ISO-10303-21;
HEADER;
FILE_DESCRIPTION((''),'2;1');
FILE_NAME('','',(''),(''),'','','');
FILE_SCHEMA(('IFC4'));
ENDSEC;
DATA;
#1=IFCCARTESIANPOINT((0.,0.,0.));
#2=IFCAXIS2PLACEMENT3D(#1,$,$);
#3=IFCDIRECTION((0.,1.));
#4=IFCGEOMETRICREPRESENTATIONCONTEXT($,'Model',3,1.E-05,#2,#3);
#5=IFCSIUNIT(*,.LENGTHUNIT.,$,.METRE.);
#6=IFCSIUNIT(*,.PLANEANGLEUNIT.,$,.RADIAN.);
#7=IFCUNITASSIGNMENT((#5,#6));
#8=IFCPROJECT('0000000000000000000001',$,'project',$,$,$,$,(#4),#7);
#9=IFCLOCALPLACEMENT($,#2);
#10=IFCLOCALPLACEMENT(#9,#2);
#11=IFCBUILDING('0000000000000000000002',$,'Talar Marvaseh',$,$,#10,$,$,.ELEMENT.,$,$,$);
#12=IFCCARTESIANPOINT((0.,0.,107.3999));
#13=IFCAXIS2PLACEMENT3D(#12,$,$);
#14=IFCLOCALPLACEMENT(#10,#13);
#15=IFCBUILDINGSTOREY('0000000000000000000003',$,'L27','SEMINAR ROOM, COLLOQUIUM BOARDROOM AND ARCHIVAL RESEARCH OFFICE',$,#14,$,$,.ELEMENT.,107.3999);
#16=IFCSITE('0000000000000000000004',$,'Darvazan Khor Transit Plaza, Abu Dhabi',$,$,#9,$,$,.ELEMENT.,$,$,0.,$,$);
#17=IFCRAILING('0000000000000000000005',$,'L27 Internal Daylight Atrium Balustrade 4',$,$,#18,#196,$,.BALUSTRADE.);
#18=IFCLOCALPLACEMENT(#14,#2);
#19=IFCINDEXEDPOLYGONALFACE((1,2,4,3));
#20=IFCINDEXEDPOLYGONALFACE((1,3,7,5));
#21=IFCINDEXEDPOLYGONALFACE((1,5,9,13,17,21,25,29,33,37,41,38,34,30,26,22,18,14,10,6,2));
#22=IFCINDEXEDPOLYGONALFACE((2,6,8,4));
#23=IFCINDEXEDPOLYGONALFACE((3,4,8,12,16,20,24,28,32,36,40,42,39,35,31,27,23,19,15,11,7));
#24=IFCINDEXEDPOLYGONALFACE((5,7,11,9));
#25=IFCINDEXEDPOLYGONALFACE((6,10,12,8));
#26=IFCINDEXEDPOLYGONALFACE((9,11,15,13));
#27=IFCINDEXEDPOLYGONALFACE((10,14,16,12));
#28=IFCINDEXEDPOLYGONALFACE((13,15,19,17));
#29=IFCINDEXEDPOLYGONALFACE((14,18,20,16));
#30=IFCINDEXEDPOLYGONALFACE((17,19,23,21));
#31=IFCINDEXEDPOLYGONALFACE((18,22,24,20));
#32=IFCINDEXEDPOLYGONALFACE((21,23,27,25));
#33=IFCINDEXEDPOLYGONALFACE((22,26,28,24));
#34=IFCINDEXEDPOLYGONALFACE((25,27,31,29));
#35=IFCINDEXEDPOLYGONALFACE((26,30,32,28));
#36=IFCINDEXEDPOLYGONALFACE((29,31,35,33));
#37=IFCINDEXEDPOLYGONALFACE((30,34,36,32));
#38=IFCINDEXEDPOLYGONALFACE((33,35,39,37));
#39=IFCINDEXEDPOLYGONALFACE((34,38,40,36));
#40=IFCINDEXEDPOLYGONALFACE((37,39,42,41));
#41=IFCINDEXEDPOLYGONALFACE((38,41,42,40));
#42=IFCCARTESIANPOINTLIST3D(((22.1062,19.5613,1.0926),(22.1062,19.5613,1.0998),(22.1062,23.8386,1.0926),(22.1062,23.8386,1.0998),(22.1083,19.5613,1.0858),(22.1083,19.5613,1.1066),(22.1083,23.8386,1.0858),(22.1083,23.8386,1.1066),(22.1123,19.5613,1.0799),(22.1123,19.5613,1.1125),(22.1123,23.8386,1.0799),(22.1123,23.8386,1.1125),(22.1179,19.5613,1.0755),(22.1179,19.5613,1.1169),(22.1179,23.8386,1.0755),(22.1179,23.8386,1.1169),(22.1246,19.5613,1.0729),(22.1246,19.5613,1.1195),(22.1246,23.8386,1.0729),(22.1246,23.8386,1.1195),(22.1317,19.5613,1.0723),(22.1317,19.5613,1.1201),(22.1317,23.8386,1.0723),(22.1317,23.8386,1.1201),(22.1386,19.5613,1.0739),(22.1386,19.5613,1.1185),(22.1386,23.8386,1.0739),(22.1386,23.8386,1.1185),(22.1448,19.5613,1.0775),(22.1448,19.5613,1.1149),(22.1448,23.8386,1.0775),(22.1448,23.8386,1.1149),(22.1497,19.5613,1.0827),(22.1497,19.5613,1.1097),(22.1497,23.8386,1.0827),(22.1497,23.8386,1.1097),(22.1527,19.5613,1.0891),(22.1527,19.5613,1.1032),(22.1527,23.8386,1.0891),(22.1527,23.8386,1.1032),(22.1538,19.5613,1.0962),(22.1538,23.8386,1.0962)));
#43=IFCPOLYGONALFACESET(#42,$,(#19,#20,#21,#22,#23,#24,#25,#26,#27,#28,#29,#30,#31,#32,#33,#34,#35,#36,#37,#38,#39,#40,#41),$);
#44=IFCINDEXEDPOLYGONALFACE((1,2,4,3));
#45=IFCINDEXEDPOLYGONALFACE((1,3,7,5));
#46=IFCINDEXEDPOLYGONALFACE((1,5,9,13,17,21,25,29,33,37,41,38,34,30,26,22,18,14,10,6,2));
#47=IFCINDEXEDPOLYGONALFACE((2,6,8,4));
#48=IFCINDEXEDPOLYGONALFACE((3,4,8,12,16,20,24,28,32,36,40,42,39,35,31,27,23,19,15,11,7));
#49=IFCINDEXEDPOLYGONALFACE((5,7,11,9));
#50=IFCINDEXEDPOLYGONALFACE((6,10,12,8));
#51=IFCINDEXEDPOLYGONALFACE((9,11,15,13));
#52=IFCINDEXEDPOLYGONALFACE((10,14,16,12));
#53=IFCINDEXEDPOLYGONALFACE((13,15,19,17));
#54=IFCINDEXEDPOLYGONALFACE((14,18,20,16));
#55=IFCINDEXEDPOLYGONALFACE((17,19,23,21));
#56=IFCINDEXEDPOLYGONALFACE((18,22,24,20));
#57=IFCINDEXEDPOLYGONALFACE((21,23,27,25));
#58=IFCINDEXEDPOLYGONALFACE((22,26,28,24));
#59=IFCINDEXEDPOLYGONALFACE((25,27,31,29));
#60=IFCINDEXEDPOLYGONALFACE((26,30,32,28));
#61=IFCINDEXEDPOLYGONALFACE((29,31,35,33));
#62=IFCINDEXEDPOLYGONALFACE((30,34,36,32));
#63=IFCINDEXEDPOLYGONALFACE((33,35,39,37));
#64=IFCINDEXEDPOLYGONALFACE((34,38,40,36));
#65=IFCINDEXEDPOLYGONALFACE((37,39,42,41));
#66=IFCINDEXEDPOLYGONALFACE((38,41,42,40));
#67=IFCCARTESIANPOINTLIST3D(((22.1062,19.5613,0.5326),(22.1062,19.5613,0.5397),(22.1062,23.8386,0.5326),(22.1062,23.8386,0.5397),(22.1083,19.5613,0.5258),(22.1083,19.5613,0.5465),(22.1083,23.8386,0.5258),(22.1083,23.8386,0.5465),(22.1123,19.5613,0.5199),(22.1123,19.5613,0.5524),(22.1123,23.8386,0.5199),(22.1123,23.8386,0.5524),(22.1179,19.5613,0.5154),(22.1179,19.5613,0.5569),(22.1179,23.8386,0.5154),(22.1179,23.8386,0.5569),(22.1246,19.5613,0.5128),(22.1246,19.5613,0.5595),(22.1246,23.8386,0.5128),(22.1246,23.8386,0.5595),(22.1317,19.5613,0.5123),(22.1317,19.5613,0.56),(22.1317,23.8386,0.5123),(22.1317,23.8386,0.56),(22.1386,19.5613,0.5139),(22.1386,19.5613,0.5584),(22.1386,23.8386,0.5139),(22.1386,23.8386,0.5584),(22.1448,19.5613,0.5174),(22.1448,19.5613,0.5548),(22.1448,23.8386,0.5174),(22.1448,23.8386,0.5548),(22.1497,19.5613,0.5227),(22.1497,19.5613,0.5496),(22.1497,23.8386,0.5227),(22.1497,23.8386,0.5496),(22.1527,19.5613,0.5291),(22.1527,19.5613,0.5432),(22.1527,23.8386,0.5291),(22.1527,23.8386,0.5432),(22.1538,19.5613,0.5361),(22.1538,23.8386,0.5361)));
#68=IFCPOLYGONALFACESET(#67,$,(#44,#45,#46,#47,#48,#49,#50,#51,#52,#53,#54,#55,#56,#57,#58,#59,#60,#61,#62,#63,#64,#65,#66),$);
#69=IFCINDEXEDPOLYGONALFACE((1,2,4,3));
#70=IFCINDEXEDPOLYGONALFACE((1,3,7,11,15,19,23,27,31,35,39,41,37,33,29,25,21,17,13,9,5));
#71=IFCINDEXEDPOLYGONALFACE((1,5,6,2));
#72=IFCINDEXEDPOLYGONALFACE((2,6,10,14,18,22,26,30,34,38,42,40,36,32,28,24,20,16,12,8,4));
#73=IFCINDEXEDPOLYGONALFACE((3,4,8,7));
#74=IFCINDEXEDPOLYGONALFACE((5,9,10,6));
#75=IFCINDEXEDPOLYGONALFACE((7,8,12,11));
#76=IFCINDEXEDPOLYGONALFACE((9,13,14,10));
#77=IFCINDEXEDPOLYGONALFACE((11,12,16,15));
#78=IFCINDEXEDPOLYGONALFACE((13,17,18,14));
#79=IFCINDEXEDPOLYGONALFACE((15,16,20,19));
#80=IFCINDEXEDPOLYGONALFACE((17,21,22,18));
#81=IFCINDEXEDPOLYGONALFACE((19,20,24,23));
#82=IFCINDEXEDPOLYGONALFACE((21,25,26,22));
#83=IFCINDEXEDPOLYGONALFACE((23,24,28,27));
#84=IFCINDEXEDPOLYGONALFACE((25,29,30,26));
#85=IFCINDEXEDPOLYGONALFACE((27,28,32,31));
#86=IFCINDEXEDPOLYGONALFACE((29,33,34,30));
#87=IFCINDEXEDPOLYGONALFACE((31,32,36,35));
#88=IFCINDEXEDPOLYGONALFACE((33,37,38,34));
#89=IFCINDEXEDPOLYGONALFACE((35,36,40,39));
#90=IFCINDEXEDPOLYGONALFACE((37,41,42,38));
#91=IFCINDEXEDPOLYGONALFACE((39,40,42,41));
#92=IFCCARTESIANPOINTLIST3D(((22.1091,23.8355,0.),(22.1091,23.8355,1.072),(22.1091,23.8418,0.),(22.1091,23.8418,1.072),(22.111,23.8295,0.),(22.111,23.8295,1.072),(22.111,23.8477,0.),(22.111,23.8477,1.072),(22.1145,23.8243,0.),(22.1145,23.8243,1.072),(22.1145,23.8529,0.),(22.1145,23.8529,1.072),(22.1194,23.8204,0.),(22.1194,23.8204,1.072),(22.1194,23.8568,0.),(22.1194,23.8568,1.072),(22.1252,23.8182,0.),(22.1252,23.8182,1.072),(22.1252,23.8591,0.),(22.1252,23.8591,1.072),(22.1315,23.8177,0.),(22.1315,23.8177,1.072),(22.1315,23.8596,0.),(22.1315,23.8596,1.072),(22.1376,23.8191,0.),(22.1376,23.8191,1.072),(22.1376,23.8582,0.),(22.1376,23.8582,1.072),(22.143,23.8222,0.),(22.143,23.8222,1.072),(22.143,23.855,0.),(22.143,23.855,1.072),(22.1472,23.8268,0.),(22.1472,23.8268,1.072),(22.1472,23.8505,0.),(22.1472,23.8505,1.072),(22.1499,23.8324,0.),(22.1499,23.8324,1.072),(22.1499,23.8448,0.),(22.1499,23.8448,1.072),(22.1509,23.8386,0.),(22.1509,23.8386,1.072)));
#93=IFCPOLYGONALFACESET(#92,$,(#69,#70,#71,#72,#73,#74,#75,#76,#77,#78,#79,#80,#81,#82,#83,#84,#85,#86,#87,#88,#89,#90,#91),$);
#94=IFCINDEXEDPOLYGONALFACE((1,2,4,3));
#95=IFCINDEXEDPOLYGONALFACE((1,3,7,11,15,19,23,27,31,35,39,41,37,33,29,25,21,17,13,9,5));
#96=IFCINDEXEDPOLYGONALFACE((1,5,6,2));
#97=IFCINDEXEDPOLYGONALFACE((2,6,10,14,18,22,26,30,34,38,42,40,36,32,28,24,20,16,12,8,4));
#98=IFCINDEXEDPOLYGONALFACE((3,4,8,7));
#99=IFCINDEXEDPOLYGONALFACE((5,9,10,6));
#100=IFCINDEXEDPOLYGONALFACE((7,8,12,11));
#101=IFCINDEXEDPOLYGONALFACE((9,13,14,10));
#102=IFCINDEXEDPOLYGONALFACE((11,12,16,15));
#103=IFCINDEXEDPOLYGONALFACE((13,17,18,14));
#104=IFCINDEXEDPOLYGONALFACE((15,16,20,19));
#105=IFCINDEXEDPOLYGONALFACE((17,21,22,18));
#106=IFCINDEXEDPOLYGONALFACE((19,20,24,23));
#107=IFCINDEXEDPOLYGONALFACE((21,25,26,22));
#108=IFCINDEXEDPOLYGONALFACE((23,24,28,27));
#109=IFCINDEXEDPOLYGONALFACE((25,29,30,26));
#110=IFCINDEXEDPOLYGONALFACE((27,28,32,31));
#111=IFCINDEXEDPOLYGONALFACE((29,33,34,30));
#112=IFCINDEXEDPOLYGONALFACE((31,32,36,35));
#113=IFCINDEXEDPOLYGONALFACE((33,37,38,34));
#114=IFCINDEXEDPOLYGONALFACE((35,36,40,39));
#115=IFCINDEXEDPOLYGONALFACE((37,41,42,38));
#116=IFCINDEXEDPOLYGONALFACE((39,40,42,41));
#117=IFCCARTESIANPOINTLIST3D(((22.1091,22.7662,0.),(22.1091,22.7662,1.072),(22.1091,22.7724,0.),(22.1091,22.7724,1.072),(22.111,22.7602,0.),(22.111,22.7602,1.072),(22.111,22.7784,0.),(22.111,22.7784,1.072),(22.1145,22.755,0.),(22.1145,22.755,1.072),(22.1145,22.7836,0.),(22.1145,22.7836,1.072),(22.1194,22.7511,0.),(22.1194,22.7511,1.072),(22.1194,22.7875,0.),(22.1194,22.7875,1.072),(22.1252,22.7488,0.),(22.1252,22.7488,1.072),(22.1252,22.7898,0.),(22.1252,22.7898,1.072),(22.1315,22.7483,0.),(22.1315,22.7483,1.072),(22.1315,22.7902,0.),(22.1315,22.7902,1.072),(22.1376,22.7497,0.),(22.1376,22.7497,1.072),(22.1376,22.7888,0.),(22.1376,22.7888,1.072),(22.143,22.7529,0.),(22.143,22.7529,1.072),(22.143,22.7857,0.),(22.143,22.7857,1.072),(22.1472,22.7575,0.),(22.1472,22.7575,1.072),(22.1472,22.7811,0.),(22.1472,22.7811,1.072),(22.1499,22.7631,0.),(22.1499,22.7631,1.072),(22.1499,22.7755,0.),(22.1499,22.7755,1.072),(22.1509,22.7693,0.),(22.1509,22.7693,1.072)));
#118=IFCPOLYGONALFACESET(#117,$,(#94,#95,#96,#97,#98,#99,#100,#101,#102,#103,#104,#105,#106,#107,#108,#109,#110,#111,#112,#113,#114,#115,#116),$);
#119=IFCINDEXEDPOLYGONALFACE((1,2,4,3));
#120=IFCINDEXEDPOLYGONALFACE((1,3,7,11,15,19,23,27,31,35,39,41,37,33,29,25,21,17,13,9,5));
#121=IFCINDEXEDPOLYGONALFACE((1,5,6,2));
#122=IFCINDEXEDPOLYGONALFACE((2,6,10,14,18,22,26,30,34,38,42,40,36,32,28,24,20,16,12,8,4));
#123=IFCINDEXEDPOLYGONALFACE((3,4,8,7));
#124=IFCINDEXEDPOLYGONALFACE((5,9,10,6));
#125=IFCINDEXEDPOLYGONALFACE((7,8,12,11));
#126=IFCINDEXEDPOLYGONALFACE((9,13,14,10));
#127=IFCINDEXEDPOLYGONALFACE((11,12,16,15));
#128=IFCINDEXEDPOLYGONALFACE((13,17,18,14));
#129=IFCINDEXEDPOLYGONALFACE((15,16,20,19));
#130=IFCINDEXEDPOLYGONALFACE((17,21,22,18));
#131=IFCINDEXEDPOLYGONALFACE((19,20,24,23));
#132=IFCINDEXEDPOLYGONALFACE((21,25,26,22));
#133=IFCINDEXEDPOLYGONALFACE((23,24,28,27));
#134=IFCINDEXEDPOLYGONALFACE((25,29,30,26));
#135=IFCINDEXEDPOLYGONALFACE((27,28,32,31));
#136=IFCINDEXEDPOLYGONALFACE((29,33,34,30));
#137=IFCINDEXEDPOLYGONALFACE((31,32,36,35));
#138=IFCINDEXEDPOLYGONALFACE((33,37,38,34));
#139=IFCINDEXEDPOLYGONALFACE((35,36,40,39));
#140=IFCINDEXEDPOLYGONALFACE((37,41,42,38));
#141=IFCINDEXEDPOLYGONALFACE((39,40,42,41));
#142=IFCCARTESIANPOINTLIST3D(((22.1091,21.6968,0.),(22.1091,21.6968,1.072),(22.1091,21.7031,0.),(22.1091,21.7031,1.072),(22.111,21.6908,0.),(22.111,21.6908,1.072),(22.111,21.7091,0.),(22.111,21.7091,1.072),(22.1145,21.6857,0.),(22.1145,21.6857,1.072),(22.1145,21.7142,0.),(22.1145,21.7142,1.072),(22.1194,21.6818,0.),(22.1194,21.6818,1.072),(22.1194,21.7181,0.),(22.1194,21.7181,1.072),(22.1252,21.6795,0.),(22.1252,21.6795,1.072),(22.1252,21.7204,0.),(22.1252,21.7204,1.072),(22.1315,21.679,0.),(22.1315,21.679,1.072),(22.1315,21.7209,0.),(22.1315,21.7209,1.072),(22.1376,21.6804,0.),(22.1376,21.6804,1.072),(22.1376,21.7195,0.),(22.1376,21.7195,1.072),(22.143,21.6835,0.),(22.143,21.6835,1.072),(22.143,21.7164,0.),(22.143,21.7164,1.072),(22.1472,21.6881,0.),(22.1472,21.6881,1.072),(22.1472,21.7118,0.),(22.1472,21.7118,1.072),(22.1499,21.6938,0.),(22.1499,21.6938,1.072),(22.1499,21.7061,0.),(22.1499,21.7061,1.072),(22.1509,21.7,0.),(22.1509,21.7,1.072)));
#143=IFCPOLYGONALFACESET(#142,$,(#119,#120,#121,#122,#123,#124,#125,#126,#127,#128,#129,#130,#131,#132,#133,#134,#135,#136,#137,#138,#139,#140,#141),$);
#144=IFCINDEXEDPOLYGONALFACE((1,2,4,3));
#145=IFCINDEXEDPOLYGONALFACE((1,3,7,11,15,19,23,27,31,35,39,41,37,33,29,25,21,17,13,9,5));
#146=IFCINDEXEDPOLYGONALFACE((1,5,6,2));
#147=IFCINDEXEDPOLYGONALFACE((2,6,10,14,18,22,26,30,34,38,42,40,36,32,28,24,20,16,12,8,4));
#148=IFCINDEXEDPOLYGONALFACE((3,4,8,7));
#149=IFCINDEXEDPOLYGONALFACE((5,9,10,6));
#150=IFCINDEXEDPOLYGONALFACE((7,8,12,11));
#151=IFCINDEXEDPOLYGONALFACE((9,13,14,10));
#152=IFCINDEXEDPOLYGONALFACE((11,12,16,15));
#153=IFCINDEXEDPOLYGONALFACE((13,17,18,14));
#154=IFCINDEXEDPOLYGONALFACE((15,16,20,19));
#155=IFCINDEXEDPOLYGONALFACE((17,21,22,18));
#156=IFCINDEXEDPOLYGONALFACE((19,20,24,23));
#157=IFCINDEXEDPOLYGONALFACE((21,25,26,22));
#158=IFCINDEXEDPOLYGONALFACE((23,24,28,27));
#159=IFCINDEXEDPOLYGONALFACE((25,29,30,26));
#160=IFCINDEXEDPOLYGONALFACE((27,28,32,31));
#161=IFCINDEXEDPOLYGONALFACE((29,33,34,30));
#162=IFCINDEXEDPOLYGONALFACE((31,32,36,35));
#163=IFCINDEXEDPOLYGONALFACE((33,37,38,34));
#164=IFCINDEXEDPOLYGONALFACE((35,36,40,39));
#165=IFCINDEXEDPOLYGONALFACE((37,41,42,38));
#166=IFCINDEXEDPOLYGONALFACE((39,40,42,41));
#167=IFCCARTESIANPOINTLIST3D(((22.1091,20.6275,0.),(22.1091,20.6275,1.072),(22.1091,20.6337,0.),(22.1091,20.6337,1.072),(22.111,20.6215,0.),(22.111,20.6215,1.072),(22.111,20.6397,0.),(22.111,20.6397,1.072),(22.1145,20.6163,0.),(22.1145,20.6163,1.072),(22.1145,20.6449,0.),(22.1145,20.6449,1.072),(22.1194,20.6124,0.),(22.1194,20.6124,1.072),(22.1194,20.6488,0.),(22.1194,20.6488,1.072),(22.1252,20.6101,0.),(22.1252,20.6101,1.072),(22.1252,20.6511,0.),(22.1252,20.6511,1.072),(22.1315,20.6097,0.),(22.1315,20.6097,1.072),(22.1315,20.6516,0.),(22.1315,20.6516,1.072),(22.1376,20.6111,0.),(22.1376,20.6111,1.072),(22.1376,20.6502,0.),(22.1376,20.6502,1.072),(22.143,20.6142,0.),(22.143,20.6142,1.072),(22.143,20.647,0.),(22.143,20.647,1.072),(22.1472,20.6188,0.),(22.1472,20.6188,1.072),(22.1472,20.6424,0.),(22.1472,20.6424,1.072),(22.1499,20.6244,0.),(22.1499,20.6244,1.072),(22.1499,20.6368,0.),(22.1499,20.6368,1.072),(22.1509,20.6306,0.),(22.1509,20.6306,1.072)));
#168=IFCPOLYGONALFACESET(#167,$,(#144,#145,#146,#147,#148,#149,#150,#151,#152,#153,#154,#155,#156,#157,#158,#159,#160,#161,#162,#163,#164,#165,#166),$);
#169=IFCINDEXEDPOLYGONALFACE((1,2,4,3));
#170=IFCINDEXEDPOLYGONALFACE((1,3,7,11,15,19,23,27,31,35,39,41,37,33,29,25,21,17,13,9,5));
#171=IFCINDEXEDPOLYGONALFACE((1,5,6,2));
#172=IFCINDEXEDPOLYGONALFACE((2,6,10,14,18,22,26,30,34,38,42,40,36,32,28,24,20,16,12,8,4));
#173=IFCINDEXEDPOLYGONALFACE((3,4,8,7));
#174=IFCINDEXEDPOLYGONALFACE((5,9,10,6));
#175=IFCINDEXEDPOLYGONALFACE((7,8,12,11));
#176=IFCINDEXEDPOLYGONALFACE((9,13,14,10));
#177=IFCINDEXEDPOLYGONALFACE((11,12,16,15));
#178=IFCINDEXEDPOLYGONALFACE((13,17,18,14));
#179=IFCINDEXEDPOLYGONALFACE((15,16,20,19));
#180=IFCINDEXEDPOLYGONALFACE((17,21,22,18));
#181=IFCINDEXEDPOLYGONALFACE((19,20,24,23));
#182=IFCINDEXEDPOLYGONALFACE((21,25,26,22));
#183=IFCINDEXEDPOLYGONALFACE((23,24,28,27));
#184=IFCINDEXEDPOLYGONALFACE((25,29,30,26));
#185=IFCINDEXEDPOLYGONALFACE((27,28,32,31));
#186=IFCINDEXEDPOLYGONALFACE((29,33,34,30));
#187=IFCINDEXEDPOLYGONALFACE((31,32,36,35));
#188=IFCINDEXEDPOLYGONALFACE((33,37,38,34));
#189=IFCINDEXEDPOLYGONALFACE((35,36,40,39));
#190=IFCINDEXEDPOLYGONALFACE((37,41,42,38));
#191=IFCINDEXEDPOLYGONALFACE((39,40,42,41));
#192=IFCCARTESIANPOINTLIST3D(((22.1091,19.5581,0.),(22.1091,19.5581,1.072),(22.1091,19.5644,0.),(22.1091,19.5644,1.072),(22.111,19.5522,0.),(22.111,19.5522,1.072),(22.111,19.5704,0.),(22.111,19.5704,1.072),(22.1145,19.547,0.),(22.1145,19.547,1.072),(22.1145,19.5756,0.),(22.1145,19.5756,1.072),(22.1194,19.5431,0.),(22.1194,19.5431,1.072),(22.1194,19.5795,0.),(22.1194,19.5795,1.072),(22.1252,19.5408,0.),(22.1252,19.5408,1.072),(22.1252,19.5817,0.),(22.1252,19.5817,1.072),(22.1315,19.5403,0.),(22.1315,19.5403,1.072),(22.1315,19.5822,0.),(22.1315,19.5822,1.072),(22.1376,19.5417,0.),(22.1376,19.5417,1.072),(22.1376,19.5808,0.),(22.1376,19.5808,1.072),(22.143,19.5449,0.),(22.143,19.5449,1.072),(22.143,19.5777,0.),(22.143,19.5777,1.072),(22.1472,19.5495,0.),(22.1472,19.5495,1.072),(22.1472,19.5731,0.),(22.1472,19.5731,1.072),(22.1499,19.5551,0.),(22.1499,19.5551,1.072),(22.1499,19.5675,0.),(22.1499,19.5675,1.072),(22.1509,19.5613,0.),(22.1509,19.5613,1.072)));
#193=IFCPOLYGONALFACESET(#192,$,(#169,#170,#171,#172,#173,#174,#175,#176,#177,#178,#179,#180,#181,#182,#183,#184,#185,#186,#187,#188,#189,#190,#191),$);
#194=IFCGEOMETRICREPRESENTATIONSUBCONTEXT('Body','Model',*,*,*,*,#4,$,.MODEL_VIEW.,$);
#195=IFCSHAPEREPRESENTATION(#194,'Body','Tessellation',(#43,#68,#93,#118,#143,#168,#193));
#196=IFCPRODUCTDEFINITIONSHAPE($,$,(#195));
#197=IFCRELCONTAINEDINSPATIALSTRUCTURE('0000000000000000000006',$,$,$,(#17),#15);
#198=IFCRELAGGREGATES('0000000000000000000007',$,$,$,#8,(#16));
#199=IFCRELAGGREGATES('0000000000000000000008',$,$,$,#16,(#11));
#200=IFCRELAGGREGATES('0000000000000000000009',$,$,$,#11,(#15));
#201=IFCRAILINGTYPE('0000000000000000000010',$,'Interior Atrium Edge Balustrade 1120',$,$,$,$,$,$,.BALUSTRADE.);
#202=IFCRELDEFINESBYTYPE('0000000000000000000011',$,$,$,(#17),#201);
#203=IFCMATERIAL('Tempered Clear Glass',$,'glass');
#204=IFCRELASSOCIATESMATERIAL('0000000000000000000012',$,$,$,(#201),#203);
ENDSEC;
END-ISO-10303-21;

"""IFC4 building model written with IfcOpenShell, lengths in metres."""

from ifc_helpers import new_model, si_unit, direction, frame, origin, origin_2d, place, context, subcontext, project, spatial, circle, extrude, material, type_object, element, save


model = new_model("IFC4")

# Units and contexts
model_context = context("Model", 3, precision=1e-05, world=origin(), true_north=direction((0.0, 1.0)))
body_context = subcontext(model_context, "Body", "Model", "MODEL_VIEW")
ifc_project = project(units=[si_unit("LENGTHUNIT", "METRE"), si_unit("PLANEANGLEUNIT", "RADIAN")], contexts=[model_context])

# Site, building, storey
site_placement = place(None, origin())
site = spatial("IfcSite", under=ifc_project, at=site_placement, Name="Darvazan Khor Transit Plaza, Abu Dhabi", CompositionType="ELEMENT", RefElevation=0.0)
building_placement = place(site_placement, origin())
building = spatial("IfcBuilding", under=site, at=building_placement, Name="Talar Marvaseh", CompositionType="ELEMENT")
storey_placement = place(building_placement, frame((0.0, 0.0, 107.3999)))
storey = spatial("IfcBuildingStorey", under=building, at=storey_placement, Name="L27", Description="SEMINAR ROOM, COLLOQUIUM BOARDROOM AND ARCHIVAL RESEARCH OFFICE", CompositionType="ELEMENT", Elevation=107.3999)

# Railing
ifc_material_1 = material(Name="Tempered Clear Glass", Category="glass")
railing_type_1 = type_object("IfcRailingType", Name="Interior Atrium Edge Balustrade 1120", PredefinedType="BALUSTRADE", material=ifc_material_1)
railing_1_placement = place(storey_placement, frame((22.1299, 23.8386, 0.0)))
element("IfcRailing", 1, at=railing_1_placement, inside=storey, type_object=railing_type_1, Name="L27 Internal Daylight Atrium Balustrade 4", PredefinedType="BALUSTRADE", context=body_context, shape_type="SweptSolid", body=[
    extrude(circle(Radius=0.0239, at=origin_2d()), frame((0.0, 0.0, 1.0962), z_axis=(0.0, -1.0, 0.0), x_axis=(1.0, 0.0, 0.0)), (0.0, 0.0, 1.0), 4.2773),
    extrude(circle(Radius=0.0239, at=origin_2d()), frame((0.0, 0.0, 0.5361), z_axis=(0.0, -1.0, 0.0), x_axis=(1.0, 0.0, 0.0)), (0.0, 0.0, 1.0), 4.2773),
    extrude(circle(Radius=0.021, at=origin_2d()), origin(), (0.0, 0.0, 1.0), 1.072),
    extrude(circle(Radius=0.021, at=origin_2d()), frame((0.0, -1.0693, 0.0)), (0.0, 0.0, 1.0), 1.072),
    extrude(circle(Radius=0.021, at=origin_2d()), frame((0.0, -2.1387, 0.0)), (0.0, 0.0, 1.0), 1.072),
    extrude(circle(Radius=0.021, at=origin_2d()), frame((0.0, -3.208, 0.0)), (0.0, 0.0, 1.0), 1.072),
    extrude(circle(Radius=0.021, at=origin_2d()), frame((0.0, -4.2773, 0.0)), (0.0, 0.0, 1.0), 1.072),
])

save(model, "model.ifc")
